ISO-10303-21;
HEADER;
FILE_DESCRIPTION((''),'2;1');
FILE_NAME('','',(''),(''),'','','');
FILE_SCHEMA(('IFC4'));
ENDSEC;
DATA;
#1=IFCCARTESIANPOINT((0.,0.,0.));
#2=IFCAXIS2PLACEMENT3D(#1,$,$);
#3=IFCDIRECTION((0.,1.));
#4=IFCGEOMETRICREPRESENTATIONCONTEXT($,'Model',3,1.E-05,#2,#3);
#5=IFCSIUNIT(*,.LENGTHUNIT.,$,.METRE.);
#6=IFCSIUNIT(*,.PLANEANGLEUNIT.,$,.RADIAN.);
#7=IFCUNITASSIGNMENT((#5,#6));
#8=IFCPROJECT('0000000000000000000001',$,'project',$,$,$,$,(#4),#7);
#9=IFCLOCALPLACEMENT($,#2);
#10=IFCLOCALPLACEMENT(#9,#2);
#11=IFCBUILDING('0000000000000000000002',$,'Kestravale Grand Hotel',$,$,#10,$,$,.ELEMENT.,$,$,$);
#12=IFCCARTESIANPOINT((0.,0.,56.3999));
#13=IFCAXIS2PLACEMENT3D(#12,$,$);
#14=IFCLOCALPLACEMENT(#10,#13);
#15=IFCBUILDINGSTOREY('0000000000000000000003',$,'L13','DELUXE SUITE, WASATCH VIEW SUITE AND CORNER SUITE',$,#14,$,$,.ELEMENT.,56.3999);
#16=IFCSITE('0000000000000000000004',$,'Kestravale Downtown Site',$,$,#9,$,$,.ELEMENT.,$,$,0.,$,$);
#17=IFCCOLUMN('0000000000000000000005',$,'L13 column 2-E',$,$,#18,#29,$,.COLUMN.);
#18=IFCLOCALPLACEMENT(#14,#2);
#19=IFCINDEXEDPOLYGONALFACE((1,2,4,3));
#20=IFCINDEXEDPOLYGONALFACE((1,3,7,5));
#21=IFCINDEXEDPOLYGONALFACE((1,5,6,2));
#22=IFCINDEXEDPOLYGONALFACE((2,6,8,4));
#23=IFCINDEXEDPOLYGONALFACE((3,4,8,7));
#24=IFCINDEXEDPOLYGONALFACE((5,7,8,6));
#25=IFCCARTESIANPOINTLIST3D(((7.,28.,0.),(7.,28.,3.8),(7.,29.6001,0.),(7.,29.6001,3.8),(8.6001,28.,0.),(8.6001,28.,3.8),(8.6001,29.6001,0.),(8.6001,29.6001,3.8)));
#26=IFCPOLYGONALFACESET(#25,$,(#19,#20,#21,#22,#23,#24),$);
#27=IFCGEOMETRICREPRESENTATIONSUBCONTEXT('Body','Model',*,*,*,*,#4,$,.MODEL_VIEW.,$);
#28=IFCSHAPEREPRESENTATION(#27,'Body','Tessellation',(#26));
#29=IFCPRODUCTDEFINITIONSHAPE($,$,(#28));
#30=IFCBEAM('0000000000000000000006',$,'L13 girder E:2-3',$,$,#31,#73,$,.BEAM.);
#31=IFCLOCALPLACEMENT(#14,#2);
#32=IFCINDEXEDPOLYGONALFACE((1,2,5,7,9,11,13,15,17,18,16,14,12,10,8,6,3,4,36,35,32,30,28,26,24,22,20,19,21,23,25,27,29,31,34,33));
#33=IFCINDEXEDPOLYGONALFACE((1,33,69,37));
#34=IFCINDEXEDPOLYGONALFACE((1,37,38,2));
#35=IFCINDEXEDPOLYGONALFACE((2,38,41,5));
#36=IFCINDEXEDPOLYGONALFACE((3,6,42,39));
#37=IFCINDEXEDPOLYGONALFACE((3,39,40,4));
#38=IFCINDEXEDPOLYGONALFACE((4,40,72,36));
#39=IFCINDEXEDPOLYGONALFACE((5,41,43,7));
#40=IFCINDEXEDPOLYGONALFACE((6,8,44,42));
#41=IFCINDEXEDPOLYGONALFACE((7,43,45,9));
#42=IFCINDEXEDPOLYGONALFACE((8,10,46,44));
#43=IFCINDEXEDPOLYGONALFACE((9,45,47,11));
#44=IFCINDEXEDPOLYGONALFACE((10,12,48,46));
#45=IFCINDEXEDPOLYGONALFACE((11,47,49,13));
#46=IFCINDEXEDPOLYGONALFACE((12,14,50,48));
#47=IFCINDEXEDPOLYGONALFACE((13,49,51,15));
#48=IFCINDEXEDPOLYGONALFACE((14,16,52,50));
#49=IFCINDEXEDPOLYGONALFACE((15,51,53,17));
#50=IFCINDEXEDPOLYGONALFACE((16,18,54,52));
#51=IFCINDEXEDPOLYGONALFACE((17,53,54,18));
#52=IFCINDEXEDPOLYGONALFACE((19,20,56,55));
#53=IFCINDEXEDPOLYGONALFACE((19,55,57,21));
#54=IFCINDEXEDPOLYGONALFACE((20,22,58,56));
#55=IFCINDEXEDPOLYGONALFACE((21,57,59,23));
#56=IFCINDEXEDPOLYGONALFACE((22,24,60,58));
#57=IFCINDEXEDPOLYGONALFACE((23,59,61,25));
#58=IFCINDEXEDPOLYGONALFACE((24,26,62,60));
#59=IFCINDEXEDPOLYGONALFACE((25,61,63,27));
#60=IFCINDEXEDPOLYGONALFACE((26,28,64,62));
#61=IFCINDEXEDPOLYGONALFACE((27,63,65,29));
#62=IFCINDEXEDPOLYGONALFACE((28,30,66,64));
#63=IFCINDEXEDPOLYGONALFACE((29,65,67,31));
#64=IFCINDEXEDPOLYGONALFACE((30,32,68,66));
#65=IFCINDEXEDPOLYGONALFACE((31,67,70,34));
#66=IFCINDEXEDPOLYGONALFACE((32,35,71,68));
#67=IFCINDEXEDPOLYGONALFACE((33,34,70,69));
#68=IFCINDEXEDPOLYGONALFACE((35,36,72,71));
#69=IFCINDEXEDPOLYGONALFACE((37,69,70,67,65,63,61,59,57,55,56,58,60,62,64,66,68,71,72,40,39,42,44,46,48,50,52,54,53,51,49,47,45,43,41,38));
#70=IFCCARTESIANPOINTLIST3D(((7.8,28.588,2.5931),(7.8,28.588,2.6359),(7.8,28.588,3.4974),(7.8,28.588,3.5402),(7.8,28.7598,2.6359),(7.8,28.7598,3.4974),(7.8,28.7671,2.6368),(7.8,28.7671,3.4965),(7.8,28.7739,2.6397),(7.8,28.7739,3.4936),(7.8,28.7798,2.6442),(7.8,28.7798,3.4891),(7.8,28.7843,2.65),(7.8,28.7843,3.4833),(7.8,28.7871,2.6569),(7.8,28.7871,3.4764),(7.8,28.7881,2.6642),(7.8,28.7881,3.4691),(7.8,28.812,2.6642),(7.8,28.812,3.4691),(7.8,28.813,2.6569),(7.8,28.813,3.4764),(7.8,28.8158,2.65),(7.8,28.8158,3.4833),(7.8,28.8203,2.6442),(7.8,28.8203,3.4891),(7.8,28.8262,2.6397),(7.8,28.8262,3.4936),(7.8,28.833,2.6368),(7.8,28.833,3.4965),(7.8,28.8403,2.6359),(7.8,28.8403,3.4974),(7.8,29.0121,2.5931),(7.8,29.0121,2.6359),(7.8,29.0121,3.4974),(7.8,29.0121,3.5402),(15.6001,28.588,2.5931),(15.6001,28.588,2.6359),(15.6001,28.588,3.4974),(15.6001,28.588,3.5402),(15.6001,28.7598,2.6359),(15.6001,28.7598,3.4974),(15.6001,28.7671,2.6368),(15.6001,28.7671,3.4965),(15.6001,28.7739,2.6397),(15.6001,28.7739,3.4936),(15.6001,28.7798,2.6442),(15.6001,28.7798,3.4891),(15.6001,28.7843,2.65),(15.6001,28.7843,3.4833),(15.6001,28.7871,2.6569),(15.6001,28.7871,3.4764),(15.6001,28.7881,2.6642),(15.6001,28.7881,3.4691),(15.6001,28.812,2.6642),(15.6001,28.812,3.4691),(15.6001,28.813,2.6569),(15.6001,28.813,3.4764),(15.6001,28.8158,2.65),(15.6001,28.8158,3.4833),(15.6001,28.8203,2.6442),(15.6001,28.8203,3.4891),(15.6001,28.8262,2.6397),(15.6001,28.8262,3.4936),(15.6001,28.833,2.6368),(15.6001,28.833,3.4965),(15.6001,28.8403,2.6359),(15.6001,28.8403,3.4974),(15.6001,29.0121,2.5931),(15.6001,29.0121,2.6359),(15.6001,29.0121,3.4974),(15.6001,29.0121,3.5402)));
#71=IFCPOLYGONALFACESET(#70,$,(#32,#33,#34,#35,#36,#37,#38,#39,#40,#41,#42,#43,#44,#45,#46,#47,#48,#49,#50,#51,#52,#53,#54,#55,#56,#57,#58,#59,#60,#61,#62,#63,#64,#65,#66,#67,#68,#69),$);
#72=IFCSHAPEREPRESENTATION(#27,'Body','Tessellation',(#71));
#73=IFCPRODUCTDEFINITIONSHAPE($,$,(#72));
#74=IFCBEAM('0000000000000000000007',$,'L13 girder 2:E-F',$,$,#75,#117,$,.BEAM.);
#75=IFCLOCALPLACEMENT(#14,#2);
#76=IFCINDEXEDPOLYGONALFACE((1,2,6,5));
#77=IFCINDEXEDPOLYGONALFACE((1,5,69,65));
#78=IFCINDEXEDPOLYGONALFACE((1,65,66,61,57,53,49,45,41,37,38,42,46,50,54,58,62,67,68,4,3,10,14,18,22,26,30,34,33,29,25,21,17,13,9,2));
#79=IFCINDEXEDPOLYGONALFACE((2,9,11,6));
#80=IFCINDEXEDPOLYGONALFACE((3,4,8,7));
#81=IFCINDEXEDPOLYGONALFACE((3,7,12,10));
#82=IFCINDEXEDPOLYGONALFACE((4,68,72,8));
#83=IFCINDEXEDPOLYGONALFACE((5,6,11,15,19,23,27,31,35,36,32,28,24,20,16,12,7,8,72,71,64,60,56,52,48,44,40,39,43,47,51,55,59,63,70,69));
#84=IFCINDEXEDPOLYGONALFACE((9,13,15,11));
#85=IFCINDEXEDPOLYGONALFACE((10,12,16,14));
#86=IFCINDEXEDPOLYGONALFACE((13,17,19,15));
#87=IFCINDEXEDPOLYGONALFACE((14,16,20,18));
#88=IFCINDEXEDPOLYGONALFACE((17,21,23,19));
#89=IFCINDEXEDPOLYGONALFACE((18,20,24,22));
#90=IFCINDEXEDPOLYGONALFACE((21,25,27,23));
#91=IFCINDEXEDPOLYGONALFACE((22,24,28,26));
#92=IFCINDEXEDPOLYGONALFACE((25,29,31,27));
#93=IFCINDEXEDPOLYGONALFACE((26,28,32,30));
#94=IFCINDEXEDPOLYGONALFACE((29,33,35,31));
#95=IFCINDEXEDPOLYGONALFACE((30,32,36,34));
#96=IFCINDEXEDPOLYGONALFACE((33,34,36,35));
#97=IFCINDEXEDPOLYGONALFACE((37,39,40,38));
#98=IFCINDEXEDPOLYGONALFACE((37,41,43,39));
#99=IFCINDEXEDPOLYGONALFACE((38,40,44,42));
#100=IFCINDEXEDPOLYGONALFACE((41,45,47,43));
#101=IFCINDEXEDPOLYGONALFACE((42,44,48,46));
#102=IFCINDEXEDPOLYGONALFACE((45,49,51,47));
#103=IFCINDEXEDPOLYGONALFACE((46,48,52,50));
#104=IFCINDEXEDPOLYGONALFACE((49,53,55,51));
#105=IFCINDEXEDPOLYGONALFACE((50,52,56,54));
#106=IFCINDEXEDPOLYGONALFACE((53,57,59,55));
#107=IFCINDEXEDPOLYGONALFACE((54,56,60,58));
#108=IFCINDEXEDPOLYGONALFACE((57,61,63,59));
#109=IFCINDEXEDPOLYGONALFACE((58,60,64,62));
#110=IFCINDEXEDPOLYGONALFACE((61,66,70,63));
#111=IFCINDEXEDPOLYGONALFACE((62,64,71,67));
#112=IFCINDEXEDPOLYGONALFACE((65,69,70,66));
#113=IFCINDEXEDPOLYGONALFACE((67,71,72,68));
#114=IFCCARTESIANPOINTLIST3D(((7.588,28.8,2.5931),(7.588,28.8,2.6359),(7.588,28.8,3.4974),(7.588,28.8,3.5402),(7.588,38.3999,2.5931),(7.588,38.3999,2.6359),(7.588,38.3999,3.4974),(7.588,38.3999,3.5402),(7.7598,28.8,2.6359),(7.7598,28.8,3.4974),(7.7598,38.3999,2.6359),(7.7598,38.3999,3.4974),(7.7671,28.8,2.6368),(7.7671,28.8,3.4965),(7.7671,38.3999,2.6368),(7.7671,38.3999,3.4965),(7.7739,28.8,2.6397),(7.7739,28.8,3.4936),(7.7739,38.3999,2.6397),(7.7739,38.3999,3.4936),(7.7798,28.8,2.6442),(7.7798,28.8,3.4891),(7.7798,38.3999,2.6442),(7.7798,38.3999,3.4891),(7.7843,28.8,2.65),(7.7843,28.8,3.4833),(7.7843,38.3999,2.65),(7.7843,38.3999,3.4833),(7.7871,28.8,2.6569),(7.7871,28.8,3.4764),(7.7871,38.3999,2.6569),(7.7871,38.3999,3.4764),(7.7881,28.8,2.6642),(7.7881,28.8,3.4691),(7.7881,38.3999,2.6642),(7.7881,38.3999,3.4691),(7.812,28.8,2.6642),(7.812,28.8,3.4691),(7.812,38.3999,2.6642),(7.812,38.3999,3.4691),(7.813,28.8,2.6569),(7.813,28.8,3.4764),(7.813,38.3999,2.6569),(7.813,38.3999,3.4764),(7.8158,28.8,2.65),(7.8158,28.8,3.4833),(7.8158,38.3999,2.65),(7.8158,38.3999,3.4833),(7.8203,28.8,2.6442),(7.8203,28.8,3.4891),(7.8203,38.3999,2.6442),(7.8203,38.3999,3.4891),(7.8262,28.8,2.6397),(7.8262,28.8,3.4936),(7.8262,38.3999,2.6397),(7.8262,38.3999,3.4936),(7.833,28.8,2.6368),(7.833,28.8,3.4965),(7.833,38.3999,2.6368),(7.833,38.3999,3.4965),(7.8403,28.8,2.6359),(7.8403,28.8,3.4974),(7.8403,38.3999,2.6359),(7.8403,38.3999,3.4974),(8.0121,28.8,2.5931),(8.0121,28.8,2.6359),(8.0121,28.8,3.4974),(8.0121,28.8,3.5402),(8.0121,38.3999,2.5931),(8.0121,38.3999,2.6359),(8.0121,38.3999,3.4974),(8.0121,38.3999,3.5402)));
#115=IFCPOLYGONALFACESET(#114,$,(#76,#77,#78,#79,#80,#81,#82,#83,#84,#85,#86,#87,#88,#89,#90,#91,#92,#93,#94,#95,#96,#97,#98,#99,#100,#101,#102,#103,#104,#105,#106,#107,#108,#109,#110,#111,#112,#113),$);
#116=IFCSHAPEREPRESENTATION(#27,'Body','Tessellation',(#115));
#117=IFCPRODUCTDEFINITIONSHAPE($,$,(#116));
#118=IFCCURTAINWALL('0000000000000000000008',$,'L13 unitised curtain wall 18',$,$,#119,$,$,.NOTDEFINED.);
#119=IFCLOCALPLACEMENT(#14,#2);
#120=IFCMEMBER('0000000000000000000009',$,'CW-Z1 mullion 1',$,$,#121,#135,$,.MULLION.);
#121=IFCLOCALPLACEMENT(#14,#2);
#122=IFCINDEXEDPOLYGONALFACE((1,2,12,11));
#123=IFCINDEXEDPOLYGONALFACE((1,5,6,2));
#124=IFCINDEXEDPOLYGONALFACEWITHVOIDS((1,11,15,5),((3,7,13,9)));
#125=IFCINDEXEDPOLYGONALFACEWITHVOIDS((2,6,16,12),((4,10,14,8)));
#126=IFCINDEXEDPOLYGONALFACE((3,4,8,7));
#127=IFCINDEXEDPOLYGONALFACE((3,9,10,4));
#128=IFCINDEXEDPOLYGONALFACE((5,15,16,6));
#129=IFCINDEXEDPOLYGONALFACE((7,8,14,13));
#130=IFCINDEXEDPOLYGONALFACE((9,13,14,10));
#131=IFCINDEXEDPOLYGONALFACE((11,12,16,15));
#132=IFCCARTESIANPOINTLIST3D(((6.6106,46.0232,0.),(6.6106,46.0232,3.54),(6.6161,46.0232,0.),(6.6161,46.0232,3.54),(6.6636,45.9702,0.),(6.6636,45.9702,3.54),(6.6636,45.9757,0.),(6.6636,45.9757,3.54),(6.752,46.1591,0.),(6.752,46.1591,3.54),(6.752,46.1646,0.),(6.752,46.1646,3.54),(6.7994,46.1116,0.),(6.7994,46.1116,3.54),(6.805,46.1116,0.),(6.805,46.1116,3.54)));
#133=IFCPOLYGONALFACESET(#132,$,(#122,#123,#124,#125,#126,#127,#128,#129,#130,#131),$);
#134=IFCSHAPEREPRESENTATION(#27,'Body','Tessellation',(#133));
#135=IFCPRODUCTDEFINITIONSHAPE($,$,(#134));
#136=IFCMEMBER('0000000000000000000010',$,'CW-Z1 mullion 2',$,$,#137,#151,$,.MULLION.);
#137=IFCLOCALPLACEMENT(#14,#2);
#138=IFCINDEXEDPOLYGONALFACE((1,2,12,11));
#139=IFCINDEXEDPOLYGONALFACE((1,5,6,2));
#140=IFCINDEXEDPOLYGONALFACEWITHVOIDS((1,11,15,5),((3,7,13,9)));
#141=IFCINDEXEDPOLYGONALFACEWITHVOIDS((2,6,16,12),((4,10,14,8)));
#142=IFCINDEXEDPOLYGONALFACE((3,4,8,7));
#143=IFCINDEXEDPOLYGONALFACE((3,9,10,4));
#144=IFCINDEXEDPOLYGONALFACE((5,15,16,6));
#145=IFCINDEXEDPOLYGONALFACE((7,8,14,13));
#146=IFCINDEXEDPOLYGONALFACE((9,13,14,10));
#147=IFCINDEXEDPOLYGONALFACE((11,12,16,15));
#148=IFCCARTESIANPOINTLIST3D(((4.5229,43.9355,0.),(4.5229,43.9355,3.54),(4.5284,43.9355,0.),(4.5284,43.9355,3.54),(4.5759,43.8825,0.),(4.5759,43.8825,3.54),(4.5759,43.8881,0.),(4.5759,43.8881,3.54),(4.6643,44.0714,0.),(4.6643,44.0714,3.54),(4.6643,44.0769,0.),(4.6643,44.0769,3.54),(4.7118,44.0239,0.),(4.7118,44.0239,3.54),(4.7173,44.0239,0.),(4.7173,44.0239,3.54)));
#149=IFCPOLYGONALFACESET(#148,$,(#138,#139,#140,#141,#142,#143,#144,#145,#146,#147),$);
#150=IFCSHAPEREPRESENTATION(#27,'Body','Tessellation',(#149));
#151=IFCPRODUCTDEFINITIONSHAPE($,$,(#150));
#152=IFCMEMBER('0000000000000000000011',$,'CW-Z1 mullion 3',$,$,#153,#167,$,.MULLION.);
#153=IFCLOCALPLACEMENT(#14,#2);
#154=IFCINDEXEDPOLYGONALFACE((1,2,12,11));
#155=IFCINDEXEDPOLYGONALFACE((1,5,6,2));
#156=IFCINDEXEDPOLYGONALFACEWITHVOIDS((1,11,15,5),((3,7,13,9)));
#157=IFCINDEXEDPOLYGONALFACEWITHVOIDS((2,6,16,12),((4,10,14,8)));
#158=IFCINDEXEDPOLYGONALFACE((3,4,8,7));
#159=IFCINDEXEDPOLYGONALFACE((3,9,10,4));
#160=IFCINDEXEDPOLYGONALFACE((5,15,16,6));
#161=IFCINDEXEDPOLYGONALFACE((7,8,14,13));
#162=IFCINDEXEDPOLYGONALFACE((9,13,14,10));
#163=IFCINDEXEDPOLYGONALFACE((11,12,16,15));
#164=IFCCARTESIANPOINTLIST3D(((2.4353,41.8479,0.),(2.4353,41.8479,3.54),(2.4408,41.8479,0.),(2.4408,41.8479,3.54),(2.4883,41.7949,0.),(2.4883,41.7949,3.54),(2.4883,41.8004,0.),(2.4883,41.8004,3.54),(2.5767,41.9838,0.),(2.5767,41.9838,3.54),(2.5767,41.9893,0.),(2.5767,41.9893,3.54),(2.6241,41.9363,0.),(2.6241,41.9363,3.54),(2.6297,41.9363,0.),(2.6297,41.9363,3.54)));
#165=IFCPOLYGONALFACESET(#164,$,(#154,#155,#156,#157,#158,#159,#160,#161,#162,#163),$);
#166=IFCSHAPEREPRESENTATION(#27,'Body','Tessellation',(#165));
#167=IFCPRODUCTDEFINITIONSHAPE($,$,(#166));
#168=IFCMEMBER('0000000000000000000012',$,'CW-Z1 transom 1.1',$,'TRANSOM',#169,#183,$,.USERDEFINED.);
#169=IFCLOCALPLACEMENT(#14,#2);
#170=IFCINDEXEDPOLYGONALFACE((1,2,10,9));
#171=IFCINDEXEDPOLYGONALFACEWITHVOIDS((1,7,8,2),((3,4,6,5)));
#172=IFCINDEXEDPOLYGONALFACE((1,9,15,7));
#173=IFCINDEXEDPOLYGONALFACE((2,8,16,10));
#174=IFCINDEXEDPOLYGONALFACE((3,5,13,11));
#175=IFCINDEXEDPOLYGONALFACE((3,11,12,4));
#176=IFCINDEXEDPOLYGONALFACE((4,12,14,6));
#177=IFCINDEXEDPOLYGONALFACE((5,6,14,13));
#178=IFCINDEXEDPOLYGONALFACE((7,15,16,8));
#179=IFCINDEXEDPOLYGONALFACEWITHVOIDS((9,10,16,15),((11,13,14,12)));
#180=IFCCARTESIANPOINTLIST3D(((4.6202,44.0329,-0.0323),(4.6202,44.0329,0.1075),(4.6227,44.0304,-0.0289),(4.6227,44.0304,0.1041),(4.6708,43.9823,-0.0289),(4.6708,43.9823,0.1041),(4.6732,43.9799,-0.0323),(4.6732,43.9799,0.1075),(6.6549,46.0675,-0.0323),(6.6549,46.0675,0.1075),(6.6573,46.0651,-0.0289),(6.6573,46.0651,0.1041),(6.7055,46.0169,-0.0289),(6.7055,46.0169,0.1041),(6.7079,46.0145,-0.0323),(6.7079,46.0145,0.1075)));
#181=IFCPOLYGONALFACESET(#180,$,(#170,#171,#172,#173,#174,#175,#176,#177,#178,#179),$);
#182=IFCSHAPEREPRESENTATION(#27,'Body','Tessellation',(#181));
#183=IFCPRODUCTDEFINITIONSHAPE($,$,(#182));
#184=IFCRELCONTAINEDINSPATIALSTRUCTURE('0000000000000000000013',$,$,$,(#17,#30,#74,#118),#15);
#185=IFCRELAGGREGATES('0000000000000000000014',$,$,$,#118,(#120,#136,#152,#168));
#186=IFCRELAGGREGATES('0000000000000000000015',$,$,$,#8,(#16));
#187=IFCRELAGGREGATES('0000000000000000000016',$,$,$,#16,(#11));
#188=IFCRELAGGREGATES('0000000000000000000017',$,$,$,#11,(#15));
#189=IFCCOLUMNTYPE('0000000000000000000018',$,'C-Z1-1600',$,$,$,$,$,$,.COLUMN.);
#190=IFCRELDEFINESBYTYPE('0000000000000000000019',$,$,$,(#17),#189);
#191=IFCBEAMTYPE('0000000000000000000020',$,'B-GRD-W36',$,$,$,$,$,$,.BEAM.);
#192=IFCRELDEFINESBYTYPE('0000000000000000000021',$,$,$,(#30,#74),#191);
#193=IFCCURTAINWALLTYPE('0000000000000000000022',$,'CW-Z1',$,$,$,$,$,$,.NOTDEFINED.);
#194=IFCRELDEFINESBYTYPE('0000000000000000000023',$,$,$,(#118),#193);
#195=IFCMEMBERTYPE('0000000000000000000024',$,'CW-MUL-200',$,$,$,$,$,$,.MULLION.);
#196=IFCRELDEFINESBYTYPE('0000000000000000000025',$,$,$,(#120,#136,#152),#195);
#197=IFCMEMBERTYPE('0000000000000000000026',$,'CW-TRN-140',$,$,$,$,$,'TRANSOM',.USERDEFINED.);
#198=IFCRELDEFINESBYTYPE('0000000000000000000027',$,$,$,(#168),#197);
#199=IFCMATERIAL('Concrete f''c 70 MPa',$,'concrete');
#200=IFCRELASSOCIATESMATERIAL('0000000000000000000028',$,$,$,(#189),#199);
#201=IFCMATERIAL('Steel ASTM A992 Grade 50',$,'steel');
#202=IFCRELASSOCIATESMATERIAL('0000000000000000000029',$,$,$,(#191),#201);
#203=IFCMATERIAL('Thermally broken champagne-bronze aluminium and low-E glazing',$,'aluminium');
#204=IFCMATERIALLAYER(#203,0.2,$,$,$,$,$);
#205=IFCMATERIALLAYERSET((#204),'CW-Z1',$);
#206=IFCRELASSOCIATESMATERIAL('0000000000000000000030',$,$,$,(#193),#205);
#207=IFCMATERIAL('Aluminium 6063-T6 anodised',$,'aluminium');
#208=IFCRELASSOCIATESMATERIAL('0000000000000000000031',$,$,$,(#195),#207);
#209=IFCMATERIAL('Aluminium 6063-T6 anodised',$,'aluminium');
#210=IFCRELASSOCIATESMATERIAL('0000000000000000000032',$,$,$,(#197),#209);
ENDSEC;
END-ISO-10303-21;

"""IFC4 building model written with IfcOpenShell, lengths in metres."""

from ifc_helpers import new_model, si_unit, direction, frame, origin, origin_2d, place, context, subcontext, project, spatial, rectangle, hollow_rectangle, i_section, extrude, material, layer, layer_set, material_profile, profile_set, type_object, element, aggregate, save


model = new_model("IFC4")

# Units and contexts
model_context = context("Model", 3, precision=1e-05, world=origin(), true_north=direction((0.0, 1.0)))
body_context = subcontext(model_context, "Body", "Model", "MODEL_VIEW")
ifc_project = project(units=[si_unit("LENGTHUNIT", "METRE"), si_unit("PLANEANGLEUNIT", "RADIAN")], contexts=[model_context])

# Site, building, storey
site_placement = place(None, origin())
site = spatial("IfcSite", under=ifc_project, at=site_placement, Name="Kestravale Downtown Site", CompositionType="ELEMENT", RefElevation=0.0)
building_placement = place(site_placement, origin())
building = spatial("IfcBuilding", under=site, at=building_placement, Name="Kestravale Grand Hotel", CompositionType="ELEMENT")
storey_placement = place(building_placement, frame((0.0, 0.0, 56.3999)))
storey = spatial("IfcBuildingStorey", under=building, at=storey_placement, Name="L13", Description="DELUXE SUITE, WASATCH VIEW SUITE AND CORNER SUITE", CompositionType="ELEMENT", Elevation=56.3999)

# Column
ifc_material_1 = material(Name="Concrete f'c 70 MPa", Category="concrete")
ifc_material_profile_1 = material_profile(ifc_material_1, rectangle(XDim=1.6001, YDim=1.6001, at=origin_2d()))
ifc_profile_set_1 = profile_set([ifc_material_profile_1], Name="Concrete f'c 70 MPa")
column_type = type_object("IfcColumnType", Name="C-Z1-1600", PredefinedType="COLUMN", material=ifc_profile_set_1)
column_placement = place(storey_placement, frame((7.8, 28.8, 0.0), z_axis=(0.0, 0.0, 1.0), x_axis=(1.0, 0.0, 0.0)))
element("IfcColumn", 1, at=column_placement, inside=storey, type_object=column_type, Name="L13 column 2-E", PredefinedType="COLUMN", context=body_context, shape_type="SweptSolid", body=[
    extrude(rectangle(XDim=1.6001, YDim=1.6001, at=origin_2d()), origin(), (0.0, 0.0, 1.0), 3.8),
])

# Beams
ifc_material_2 = material(Name="Steel ASTM A992 Grade 50", Category="steel")
ifc_material_profile_2 = material_profile(ifc_material_2, i_section(OverallWidth=0.4241, OverallDepth=0.947, WebThickness=0.0239, FlangeThickness=0.0427, FilletRadius=0.0283, at=origin_2d()))
ifc_profile_set_2 = profile_set([ifc_material_profile_2], Name="Steel ASTM A992 Grade 50")
beam_type = type_object("IfcBeamType", Name="B-GRD-W36", PredefinedType="BEAM", material=ifc_profile_set_2)
beam_1_placement = place(storey_placement, frame((7.8, 28.8, 3.0667), z_axis=(1.0, 0.0, 0.0), x_axis=(0.0, 1.0, 0.0)))
element("IfcBeam", 2, at=beam_1_placement, inside=storey, type_object=beam_type, Name="L13 girder E:2-3", PredefinedType="BEAM", context=body_context, shape_type="SweptSolid", body=[
    extrude(i_section(OverallWidth=0.4241, OverallDepth=0.947, WebThickness=0.0239, FlangeThickness=0.0427, FilletRadius=0.0283, at=origin_2d()), origin(), (0.0, 0.0, 1.0), 7.8),
])
beam_2_placement = place(storey_placement, frame((7.8, 28.8, 3.0667), z_axis=(0.0, 1.0, 0.0), x_axis=(-1.0, 0.0, 0.0)))
element("IfcBeam", 3, at=beam_2_placement, inside=storey, type_object=beam_type, Name="L13 girder 2:E-F", PredefinedType="BEAM", context=body_context, shape_type="SweptSolid", body=[
    extrude(i_section(OverallWidth=0.4241, OverallDepth=0.947, WebThickness=0.0239, FlangeThickness=0.0427, FilletRadius=0.0283, at=origin_2d()), origin(), (0.0, 0.0, 1.0), 9.5999),
])

# Curtain wall, members
ifc_material_3 = material(Name="Thermally broken champagne-bronze aluminium and low-E glazing", Category="aluminium")
ifc_layer_1 = layer(ifc_material_3, 0.2)
ifc_layer_set_1 = layer_set([ifc_layer_1], Name="CW-Z1")
curtain_wall_type = type_object("IfcCurtainWallType", Name="CW-Z1", PredefinedType="NOTDEFINED", material=ifc_layer_set_1)
curtain_wall_placement = place(storey_placement, origin())
curtain_wall = element("IfcCurtainWall", 4, at=curtain_wall_placement, inside=storey, type_object=curtain_wall_type, Name="L13 unitised curtain wall 18", PredefinedType="NOTDEFINED")
ifc_material_4 = material(Name="Aluminium 6063-T6 anodised", Category="aluminium")
ifc_material_profile_3 = material_profile(ifc_material_4, hollow_rectangle(XDim=0.075, YDim=0.2, WallThickness=0.0039, at=origin_2d()))
ifc_profile_set_3 = profile_set([ifc_material_profile_3], Name="Aluminium 6063-T6 anodised")
member_type_1 = type_object("IfcMemberType", Name="CW-MUL-200", PredefinedType="MULLION", material=ifc_profile_set_3)
member_1_placement = place(storey_placement, frame((6.7078, 46.0674, 0.0), z_axis=(0.0, 0.0, 1.0), x_axis=(0.707107, -0.707107, 0.0)))
member_1 = element("IfcMember", 5, at=member_1_placement, type_object=member_type_1, Name="CW-Z1 mullion 1", PredefinedType="MULLION", context=body_context, shape_type="SweptSolid", body=[
    extrude(hollow_rectangle(XDim=0.075, YDim=0.2, WallThickness=0.0039, at=origin_2d()), origin(), (0.0, 0.0, 1.0), 3.54),
])
member_2_placement = place(storey_placement, frame((4.6201, 43.9797, 0.0), z_axis=(0.0, 0.0, 1.0), x_axis=(0.707107, -0.707107, 0.0)))
member_2 = element("IfcMember", 6, at=member_2_placement, type_object=member_type_1, Name="CW-Z1 mullion 2", PredefinedType="MULLION", context=body_context, shape_type="SweptSolid", body=[
    extrude(hollow_rectangle(XDim=0.075, YDim=0.2, WallThickness=0.0039, at=origin_2d()), origin(), (0.0, 0.0, 1.0), 3.54),
])
member_3_placement = place(storey_placement, frame((2.5325, 41.8921, 0.0), z_axis=(0.0, 0.0, 1.0), x_axis=(0.707107, -0.707107, 0.0)))
member_3 = element("IfcMember", 7, at=member_3_placement, type_object=member_type_1, Name="CW-Z1 mullion 3", PredefinedType="MULLION", context=body_context, shape_type="SweptSolid", body=[
    extrude(hollow_rectangle(XDim=0.075, YDim=0.2, WallThickness=0.0039, at=origin_2d()), origin(), (0.0, 0.0, 1.0), 3.54),
])
ifc_material_5 = material(Name="Aluminium 6063-T6 anodised", Category="aluminium")
ifc_material_profile_4 = material_profile(ifc_material_5, hollow_rectangle(XDim=0.075, YDim=0.1399, WallThickness=0.0034, at=origin_2d()))
ifc_profile_set_4 = profile_set([ifc_material_profile_4], Name="Aluminium 6063-T6 anodised")
member_type_2 = type_object("IfcMemberType", Name="CW-TRN-140", ElementType="TRANSOM", PredefinedType="USERDEFINED", material=ifc_profile_set_4)
member_4_placement = place(storey_placement, frame((6.6814, 46.041, 0.0376), z_axis=(-0.707107, -0.707107, 0.0), x_axis=(0.707107, -0.707107, 0.0)))
member_4 = element("IfcMember", 8, at=member_4_placement, type_object=member_type_2, Name="CW-Z1 transom 1.1", ObjectType="TRANSOM", PredefinedType="USERDEFINED", context=body_context, shape_type="SweptSolid", body=[
    extrude(hollow_rectangle(XDim=0.075, YDim=0.1399, WallThickness=0.0034, at=origin_2d()), origin(), (0.0, 0.0, 1.0), 2.8774),
])
aggregate(curtain_wall, [member_1, member_2, member_3, member_4])

save(model, "model.ifc")
